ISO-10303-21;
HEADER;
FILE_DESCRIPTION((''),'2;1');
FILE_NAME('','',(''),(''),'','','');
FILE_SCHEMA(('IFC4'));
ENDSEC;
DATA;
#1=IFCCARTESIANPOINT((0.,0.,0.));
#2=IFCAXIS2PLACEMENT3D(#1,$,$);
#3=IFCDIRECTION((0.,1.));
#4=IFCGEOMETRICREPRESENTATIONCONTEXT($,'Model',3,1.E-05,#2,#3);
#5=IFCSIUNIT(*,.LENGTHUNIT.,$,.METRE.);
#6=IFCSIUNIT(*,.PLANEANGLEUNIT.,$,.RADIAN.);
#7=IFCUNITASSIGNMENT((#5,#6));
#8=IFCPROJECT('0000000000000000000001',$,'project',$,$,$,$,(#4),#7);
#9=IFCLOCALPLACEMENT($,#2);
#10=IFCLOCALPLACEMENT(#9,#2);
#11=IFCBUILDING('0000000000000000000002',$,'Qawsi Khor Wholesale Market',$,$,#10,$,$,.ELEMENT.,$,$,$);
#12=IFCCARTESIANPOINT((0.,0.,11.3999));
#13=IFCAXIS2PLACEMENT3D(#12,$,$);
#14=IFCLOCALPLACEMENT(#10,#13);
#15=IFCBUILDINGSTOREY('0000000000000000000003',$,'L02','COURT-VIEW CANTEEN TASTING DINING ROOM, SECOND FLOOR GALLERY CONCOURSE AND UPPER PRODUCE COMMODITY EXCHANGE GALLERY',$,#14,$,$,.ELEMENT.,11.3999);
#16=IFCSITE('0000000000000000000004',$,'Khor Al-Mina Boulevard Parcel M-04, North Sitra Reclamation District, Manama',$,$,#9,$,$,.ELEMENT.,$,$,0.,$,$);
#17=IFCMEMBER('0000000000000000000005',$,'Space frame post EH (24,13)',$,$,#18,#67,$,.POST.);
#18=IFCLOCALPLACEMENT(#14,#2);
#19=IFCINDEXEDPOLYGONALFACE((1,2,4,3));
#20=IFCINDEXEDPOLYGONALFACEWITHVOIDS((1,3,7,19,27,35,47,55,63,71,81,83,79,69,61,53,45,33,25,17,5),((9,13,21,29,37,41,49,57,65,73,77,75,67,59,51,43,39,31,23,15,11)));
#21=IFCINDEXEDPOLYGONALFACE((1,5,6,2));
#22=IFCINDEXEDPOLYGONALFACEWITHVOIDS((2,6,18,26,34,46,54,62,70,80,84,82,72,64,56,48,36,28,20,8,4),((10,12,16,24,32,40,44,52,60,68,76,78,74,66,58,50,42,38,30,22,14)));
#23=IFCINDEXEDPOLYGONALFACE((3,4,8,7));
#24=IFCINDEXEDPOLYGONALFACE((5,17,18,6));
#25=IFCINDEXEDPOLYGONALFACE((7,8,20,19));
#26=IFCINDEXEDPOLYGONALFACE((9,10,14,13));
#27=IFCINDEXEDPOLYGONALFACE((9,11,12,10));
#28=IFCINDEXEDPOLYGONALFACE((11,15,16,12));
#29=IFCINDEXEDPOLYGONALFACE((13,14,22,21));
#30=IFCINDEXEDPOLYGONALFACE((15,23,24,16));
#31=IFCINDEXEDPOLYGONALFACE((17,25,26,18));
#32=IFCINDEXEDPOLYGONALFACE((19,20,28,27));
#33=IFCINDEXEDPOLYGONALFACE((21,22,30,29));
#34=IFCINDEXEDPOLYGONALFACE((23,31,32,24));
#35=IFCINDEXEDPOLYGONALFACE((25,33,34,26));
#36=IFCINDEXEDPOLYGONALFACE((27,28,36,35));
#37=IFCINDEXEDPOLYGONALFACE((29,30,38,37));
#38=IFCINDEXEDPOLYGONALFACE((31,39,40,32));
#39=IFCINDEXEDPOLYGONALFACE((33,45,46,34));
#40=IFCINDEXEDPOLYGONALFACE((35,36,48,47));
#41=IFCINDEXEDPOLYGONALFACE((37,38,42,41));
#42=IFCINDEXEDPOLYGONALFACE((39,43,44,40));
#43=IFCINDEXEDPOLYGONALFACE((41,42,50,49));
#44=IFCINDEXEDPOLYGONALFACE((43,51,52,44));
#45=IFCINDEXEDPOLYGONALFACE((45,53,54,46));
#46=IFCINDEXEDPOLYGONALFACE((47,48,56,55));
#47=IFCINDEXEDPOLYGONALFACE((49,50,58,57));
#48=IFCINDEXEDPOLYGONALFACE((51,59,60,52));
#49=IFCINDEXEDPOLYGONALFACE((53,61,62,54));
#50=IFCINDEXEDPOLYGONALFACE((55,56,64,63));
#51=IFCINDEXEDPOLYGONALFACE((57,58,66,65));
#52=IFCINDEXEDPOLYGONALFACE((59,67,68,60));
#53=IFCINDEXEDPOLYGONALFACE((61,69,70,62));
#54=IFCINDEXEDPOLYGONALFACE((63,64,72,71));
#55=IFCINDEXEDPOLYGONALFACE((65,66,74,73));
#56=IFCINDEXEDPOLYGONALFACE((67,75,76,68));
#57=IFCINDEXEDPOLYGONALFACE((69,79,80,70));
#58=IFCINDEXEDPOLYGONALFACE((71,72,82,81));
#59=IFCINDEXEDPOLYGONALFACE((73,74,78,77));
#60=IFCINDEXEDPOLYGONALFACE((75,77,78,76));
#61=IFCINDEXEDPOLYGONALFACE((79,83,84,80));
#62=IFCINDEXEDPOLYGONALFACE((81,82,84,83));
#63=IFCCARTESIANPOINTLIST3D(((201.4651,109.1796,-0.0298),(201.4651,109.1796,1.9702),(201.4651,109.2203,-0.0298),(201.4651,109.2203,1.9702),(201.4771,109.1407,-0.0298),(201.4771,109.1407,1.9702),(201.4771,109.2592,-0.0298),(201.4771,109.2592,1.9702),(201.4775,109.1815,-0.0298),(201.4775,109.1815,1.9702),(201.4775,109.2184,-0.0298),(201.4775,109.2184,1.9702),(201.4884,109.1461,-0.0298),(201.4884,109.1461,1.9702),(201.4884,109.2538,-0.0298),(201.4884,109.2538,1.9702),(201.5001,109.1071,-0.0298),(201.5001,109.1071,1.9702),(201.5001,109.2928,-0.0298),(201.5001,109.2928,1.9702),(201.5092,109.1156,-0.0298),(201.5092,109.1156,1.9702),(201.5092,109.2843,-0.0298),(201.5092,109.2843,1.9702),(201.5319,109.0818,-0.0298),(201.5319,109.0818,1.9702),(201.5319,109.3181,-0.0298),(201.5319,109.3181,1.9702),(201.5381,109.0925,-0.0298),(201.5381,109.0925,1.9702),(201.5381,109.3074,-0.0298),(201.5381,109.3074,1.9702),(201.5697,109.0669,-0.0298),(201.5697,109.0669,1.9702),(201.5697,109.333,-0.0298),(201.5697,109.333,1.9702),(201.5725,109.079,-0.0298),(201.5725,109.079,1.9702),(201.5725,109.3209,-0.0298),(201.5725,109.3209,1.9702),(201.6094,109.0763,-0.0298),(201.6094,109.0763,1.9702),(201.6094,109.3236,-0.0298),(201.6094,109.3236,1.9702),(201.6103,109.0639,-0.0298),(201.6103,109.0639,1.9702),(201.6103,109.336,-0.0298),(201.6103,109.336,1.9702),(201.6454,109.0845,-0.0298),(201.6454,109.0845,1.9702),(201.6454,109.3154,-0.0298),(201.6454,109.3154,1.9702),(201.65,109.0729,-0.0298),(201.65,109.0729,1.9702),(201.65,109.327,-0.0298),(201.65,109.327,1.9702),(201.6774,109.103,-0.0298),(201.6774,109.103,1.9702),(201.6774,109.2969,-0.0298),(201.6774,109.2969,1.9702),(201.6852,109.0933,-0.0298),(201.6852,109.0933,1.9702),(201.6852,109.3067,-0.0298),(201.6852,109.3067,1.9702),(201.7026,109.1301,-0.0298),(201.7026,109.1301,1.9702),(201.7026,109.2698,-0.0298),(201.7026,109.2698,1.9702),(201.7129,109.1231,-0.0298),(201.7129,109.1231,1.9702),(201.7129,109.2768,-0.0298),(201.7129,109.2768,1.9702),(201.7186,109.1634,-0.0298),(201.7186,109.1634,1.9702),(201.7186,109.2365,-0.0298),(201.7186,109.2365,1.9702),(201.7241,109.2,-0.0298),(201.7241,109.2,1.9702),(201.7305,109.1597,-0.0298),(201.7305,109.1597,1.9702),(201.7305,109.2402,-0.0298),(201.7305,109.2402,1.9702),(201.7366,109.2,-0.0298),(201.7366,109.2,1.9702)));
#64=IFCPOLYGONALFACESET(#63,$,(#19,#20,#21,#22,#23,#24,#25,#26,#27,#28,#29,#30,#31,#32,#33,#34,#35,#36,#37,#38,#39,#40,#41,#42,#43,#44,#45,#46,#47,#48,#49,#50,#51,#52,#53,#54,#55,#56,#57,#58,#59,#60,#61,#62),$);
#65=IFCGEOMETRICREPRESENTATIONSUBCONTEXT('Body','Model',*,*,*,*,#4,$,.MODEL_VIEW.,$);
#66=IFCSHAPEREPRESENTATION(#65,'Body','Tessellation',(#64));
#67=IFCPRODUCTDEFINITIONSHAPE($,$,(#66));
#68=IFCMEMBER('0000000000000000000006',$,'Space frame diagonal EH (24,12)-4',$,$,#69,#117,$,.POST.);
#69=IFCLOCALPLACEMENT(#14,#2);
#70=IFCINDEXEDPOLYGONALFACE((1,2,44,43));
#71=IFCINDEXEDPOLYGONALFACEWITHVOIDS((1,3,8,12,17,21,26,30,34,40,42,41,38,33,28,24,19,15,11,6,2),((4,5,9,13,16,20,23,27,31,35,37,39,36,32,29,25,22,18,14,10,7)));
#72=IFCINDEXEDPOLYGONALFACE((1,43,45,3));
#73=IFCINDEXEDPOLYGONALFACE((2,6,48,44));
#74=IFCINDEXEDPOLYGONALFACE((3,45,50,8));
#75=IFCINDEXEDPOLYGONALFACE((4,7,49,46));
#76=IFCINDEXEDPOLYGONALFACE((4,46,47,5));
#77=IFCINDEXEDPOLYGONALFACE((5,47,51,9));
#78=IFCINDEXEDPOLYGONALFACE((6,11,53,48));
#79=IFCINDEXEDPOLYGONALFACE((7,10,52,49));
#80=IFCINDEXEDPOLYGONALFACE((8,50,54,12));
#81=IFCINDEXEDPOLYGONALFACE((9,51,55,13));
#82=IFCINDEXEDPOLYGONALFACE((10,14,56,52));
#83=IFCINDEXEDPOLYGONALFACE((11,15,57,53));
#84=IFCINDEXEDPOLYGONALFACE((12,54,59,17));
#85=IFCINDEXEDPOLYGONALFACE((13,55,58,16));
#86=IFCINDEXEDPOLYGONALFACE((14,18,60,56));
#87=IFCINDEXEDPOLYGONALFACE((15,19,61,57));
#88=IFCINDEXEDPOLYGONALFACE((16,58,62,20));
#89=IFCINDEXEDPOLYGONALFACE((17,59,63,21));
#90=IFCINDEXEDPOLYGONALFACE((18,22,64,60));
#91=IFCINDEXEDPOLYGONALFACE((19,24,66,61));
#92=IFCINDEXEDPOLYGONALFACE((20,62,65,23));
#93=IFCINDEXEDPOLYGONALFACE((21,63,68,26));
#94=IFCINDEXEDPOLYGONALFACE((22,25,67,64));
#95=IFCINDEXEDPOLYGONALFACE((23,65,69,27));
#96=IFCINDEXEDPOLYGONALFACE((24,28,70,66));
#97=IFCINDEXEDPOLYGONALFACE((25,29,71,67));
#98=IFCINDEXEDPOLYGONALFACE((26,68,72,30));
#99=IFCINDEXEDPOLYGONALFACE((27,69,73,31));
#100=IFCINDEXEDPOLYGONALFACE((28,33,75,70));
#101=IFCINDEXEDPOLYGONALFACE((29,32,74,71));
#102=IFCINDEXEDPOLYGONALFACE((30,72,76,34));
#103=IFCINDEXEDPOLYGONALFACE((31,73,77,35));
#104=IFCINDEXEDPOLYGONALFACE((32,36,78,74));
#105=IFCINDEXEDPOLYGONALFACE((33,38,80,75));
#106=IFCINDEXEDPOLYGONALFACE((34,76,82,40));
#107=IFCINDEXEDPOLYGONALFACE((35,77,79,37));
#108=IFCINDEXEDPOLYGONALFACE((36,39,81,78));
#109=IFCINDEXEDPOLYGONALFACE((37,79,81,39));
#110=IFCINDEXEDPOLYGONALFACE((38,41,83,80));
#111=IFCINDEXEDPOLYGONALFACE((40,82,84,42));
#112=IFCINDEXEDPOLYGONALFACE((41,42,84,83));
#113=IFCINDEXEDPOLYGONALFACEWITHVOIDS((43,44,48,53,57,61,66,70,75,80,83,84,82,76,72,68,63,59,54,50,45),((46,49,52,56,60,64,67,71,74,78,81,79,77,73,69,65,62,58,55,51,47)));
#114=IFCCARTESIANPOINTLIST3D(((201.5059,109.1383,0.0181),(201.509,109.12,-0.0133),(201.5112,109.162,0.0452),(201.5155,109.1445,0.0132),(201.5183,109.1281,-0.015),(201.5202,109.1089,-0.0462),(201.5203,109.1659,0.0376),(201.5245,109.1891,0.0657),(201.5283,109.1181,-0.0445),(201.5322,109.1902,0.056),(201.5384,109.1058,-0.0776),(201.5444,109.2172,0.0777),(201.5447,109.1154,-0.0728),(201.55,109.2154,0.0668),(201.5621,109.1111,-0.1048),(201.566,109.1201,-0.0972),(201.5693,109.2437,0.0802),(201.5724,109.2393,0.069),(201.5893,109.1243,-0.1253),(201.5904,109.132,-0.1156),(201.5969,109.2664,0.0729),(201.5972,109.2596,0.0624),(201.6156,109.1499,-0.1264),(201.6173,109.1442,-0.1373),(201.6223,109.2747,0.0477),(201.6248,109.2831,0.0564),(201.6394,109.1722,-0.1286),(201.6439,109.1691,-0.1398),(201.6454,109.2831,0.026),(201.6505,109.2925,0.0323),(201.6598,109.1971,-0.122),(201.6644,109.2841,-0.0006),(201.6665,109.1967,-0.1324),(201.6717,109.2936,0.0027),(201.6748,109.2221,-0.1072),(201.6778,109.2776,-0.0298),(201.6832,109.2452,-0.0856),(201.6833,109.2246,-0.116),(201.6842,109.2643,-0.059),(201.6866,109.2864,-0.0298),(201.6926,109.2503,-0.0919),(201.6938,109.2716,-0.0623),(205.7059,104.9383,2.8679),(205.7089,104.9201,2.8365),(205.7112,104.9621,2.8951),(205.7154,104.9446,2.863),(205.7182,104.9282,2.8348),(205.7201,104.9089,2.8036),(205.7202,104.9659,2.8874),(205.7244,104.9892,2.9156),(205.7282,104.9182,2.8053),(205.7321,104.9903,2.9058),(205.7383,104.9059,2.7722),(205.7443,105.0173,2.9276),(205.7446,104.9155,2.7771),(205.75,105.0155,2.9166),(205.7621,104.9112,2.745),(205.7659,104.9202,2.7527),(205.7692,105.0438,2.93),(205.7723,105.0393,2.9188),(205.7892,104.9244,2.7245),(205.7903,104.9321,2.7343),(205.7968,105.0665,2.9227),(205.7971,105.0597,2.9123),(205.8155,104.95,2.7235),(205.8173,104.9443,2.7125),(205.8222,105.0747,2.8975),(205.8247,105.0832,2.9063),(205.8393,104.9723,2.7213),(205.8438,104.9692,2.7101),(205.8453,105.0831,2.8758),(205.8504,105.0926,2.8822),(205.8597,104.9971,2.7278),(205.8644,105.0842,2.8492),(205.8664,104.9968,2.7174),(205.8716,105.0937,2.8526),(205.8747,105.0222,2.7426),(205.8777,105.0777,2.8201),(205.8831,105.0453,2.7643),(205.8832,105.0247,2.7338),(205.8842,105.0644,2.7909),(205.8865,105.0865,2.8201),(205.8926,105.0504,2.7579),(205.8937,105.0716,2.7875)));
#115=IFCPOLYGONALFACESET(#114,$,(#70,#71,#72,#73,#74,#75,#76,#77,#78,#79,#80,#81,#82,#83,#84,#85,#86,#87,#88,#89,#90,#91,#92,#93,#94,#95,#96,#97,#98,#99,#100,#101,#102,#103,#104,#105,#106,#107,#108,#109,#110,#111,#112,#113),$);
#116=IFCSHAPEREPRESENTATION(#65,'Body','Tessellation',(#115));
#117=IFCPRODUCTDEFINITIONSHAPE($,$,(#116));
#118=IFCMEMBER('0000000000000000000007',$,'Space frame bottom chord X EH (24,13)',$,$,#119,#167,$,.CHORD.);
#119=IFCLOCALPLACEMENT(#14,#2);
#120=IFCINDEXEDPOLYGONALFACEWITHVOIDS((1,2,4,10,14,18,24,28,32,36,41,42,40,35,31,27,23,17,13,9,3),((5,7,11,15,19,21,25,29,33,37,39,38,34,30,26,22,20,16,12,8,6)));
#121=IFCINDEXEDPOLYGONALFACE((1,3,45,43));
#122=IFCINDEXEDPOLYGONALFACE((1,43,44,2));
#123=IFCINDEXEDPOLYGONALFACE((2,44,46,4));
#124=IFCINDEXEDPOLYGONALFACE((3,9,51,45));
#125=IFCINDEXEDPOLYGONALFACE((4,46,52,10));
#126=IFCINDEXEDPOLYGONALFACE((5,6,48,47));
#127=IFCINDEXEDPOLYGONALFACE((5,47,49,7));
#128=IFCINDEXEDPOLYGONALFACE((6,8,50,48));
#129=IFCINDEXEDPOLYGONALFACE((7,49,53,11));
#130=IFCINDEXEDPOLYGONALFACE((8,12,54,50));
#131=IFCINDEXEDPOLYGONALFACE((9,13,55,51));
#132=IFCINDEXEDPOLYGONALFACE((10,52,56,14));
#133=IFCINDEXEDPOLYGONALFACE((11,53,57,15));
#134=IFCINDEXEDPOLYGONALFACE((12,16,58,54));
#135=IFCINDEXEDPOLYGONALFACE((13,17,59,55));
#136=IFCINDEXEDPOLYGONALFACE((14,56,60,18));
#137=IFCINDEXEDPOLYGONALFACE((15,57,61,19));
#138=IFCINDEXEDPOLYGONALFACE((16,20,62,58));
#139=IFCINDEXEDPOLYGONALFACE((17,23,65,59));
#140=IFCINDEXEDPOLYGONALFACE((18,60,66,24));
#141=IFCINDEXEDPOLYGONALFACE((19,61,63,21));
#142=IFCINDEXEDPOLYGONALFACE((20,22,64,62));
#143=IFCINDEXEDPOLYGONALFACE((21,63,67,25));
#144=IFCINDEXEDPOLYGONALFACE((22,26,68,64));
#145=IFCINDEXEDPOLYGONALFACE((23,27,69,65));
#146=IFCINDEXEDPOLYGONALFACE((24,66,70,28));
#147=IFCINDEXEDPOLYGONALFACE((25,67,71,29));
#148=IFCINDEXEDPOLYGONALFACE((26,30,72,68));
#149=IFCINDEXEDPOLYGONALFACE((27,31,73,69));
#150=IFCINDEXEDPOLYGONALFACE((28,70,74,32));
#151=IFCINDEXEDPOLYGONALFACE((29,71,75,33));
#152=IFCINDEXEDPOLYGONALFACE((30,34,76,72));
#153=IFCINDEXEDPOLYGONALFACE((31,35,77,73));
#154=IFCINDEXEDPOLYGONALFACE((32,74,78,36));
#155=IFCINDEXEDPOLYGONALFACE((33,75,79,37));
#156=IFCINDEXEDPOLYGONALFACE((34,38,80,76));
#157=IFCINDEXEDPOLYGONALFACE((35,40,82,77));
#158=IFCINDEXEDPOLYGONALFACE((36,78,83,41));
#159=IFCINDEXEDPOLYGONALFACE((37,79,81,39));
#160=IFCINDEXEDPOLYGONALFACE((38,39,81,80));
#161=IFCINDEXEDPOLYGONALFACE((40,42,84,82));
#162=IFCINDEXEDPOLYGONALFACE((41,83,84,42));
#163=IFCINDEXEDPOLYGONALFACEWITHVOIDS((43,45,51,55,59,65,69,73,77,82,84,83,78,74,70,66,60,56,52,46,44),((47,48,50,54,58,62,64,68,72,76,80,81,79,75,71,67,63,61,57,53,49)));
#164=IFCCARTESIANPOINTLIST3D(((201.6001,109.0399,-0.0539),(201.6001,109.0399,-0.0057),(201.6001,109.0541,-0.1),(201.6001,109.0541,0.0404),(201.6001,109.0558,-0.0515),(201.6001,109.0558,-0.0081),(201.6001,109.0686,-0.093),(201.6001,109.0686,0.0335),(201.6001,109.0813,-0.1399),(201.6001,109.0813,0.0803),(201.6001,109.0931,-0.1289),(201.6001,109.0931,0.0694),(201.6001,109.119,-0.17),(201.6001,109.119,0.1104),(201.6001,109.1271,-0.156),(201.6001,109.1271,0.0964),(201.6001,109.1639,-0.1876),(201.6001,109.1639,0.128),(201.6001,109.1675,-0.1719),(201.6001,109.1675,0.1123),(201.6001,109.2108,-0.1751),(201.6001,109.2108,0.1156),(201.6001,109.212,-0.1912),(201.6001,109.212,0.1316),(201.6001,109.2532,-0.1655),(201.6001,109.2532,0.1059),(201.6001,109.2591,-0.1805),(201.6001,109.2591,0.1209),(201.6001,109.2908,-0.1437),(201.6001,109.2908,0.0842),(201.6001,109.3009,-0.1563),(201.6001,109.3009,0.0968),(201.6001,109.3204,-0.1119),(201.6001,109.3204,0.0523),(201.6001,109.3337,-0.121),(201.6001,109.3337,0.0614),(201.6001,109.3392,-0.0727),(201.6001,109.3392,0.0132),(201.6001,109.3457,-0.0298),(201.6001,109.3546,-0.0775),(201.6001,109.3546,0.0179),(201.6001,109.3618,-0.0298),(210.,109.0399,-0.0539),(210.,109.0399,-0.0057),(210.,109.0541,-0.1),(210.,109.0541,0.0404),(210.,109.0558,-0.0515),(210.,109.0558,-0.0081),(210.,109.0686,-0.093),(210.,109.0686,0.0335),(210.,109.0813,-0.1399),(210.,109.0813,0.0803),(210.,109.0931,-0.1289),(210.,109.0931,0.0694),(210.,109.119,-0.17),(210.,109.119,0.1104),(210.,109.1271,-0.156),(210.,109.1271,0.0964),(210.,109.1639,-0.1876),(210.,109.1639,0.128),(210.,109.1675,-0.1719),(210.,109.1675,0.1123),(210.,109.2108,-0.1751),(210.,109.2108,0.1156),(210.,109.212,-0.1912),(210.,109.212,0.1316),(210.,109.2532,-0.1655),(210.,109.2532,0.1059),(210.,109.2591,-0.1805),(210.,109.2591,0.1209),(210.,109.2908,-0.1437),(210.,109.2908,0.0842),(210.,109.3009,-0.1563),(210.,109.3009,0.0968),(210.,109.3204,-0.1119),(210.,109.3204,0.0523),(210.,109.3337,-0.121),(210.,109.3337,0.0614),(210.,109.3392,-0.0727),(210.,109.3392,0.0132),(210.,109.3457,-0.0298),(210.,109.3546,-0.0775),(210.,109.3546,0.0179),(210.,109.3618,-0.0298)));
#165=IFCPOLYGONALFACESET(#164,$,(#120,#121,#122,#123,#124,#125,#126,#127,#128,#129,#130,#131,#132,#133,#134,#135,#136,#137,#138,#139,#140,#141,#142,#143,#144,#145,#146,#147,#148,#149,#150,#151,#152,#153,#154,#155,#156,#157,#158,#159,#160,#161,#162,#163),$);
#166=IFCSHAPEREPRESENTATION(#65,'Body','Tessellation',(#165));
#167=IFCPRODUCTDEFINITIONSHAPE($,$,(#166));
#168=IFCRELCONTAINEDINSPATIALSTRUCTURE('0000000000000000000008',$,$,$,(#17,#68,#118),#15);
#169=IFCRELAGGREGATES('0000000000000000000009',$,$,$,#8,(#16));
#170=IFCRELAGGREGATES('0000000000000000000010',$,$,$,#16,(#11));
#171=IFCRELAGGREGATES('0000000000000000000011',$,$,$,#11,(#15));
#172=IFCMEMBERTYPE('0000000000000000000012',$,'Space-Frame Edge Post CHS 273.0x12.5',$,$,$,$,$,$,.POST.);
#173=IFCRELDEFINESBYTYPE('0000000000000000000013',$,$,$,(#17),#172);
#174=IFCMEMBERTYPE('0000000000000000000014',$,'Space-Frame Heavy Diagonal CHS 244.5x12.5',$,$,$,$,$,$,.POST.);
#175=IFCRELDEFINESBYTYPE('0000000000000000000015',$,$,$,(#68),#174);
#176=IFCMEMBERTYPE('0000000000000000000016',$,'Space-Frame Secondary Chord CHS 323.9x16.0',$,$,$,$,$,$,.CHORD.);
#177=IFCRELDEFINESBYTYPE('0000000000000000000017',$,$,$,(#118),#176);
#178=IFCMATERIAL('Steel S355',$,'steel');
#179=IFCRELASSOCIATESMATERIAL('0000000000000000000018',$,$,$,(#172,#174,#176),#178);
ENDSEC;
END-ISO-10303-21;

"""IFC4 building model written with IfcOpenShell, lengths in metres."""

from ifc_helpers import new_model, si_unit, direction, frame, origin, origin_2d, place, context, subcontext, project, spatial, hollow_circle, extrude, material, material_profile, profile_set, type_object, element, save


model = new_model("IFC4")

# Units and contexts
model_context = context("Model", 3, precision=1e-05, world=origin(), true_north=direction((0.0, 1.0)))
body_context = subcontext(model_context, "Body", "Model", "MODEL_VIEW")
ifc_project = project(units=[si_unit("LENGTHUNIT", "METRE"), si_unit("PLANEANGLEUNIT", "RADIAN")], contexts=[model_context])

# Site, building, storey
site_placement = place(None, origin())
site = spatial("IfcSite", under=ifc_project, at=site_placement, Name="Khor Al-Mina Boulevard Parcel M-04, North Sitra Reclamation District, Manama", CompositionType="ELEMENT", RefElevation=0.0)
building_placement = place(site_placement, origin())
building = spatial("IfcBuilding", under=site, at=building_placement, Name="Qawsi Khor Wholesale Market", CompositionType="ELEMENT")
storey_placement = place(building_placement, frame((0.0, 0.0, 11.3999)))
storey = spatial("IfcBuildingStorey", under=building, at=storey_placement, Name="L02", Description="COURT-VIEW CANTEEN TASTING DINING ROOM, SECOND FLOOR GALLERY CONCOURSE AND UPPER PRODUCE COMMODITY EXCHANGE GALLERY", CompositionType="ELEMENT", Elevation=11.3999)

# Members
ifc_material_1 = material(Name="Steel S355", Category="steel")
ifc_material_profile_1 = material_profile(ifc_material_1, hollow_circle(Radius=0.1365, WallThickness=0.0125, at=origin_2d()), Name="CHS 273.0x12.5")
ifc_profile_set_1 = profile_set([ifc_material_profile_1], Name="Steel S355")
member_type_1 = type_object("IfcMemberType", Name="Space-Frame Edge Post CHS 273.0x12.5", PredefinedType="POST", material=ifc_profile_set_1)
member_1_placement = place(storey_placement, frame((201.6001, 109.2, -0.0298), z_axis=(0.0, 0.0, 1.0), x_axis=(1.0, 0.0, 0.0)))
element("IfcMember", 1, at=member_1_placement, inside=storey, type_object=member_type_1, Name="Space frame post EH (24,13)", PredefinedType="POST", context=body_context, shape_type="SweptSolid", body=[
    extrude(hollow_circle(Radius=0.1365, WallThickness=0.0125, at=origin_2d()), origin(), (0.0, 0.0, 1.0), 2.0),
])
ifc_material_profile_2 = material_profile(ifc_material_1, hollow_circle(Radius=0.1223, WallThickness=0.0125, at=origin_2d()), Name="CHS 244.5x12.5")
ifc_profile_set_2 = profile_set([ifc_material_profile_2], Name="Steel S355")
member_type_2 = type_object("IfcMemberType", Name="Space-Frame Heavy Diagonal CHS 244.5x12.5", PredefinedType="POST", material=ifc_profile_set_2)
member_2_placement = place(storey_placement, frame((201.6001, 109.2, -0.0298), z_axis=(0.637522, -0.637522, 0.432587), x_axis=(0.707107, 0.707107, 0.0)))
element("IfcMember", 2, at=member_2_placement, inside=storey, type_object=member_type_2, Name="Space frame diagonal EH (24,12)-4", PredefinedType="POST", context=body_context, shape_type="SweptSolid", body=[
    extrude(hollow_circle(Radius=0.1223, WallThickness=0.0125, at=origin_2d()), origin(), (0.0, 0.0, 1.0), 6.5879),
])
ifc_material_profile_3 = material_profile(ifc_material_1, hollow_circle(Radius=0.1619, WallThickness=0.0161, at=origin_2d()), Name="CHS 323.9x16.0")
ifc_profile_set_3 = profile_set([ifc_material_profile_3], Name="Steel S355")
member_type_3 = type_object("IfcMemberType", Name="Space-Frame Secondary Chord CHS 323.9x16.0", PredefinedType="CHORD", material=ifc_profile_set_3)
member_3_placement = place(storey_placement, frame((201.6001, 109.2, -0.0298), z_axis=(1.0, 0.0, 0.0), x_axis=(0.0, 1.0, 0.0)))
element("IfcMember", 3, at=member_3_placement, inside=storey, type_object=member_type_3, Name="Space frame bottom chord X EH (24,13)", PredefinedType="CHORD", context=body_context, shape_type="SweptSolid", body=[
    extrude(hollow_circle(Radius=0.1619, WallThickness=0.0161, at=origin_2d()), origin(), (0.0, 0.0, 1.0), 8.3999),
])

save(model, "model.ifc")
